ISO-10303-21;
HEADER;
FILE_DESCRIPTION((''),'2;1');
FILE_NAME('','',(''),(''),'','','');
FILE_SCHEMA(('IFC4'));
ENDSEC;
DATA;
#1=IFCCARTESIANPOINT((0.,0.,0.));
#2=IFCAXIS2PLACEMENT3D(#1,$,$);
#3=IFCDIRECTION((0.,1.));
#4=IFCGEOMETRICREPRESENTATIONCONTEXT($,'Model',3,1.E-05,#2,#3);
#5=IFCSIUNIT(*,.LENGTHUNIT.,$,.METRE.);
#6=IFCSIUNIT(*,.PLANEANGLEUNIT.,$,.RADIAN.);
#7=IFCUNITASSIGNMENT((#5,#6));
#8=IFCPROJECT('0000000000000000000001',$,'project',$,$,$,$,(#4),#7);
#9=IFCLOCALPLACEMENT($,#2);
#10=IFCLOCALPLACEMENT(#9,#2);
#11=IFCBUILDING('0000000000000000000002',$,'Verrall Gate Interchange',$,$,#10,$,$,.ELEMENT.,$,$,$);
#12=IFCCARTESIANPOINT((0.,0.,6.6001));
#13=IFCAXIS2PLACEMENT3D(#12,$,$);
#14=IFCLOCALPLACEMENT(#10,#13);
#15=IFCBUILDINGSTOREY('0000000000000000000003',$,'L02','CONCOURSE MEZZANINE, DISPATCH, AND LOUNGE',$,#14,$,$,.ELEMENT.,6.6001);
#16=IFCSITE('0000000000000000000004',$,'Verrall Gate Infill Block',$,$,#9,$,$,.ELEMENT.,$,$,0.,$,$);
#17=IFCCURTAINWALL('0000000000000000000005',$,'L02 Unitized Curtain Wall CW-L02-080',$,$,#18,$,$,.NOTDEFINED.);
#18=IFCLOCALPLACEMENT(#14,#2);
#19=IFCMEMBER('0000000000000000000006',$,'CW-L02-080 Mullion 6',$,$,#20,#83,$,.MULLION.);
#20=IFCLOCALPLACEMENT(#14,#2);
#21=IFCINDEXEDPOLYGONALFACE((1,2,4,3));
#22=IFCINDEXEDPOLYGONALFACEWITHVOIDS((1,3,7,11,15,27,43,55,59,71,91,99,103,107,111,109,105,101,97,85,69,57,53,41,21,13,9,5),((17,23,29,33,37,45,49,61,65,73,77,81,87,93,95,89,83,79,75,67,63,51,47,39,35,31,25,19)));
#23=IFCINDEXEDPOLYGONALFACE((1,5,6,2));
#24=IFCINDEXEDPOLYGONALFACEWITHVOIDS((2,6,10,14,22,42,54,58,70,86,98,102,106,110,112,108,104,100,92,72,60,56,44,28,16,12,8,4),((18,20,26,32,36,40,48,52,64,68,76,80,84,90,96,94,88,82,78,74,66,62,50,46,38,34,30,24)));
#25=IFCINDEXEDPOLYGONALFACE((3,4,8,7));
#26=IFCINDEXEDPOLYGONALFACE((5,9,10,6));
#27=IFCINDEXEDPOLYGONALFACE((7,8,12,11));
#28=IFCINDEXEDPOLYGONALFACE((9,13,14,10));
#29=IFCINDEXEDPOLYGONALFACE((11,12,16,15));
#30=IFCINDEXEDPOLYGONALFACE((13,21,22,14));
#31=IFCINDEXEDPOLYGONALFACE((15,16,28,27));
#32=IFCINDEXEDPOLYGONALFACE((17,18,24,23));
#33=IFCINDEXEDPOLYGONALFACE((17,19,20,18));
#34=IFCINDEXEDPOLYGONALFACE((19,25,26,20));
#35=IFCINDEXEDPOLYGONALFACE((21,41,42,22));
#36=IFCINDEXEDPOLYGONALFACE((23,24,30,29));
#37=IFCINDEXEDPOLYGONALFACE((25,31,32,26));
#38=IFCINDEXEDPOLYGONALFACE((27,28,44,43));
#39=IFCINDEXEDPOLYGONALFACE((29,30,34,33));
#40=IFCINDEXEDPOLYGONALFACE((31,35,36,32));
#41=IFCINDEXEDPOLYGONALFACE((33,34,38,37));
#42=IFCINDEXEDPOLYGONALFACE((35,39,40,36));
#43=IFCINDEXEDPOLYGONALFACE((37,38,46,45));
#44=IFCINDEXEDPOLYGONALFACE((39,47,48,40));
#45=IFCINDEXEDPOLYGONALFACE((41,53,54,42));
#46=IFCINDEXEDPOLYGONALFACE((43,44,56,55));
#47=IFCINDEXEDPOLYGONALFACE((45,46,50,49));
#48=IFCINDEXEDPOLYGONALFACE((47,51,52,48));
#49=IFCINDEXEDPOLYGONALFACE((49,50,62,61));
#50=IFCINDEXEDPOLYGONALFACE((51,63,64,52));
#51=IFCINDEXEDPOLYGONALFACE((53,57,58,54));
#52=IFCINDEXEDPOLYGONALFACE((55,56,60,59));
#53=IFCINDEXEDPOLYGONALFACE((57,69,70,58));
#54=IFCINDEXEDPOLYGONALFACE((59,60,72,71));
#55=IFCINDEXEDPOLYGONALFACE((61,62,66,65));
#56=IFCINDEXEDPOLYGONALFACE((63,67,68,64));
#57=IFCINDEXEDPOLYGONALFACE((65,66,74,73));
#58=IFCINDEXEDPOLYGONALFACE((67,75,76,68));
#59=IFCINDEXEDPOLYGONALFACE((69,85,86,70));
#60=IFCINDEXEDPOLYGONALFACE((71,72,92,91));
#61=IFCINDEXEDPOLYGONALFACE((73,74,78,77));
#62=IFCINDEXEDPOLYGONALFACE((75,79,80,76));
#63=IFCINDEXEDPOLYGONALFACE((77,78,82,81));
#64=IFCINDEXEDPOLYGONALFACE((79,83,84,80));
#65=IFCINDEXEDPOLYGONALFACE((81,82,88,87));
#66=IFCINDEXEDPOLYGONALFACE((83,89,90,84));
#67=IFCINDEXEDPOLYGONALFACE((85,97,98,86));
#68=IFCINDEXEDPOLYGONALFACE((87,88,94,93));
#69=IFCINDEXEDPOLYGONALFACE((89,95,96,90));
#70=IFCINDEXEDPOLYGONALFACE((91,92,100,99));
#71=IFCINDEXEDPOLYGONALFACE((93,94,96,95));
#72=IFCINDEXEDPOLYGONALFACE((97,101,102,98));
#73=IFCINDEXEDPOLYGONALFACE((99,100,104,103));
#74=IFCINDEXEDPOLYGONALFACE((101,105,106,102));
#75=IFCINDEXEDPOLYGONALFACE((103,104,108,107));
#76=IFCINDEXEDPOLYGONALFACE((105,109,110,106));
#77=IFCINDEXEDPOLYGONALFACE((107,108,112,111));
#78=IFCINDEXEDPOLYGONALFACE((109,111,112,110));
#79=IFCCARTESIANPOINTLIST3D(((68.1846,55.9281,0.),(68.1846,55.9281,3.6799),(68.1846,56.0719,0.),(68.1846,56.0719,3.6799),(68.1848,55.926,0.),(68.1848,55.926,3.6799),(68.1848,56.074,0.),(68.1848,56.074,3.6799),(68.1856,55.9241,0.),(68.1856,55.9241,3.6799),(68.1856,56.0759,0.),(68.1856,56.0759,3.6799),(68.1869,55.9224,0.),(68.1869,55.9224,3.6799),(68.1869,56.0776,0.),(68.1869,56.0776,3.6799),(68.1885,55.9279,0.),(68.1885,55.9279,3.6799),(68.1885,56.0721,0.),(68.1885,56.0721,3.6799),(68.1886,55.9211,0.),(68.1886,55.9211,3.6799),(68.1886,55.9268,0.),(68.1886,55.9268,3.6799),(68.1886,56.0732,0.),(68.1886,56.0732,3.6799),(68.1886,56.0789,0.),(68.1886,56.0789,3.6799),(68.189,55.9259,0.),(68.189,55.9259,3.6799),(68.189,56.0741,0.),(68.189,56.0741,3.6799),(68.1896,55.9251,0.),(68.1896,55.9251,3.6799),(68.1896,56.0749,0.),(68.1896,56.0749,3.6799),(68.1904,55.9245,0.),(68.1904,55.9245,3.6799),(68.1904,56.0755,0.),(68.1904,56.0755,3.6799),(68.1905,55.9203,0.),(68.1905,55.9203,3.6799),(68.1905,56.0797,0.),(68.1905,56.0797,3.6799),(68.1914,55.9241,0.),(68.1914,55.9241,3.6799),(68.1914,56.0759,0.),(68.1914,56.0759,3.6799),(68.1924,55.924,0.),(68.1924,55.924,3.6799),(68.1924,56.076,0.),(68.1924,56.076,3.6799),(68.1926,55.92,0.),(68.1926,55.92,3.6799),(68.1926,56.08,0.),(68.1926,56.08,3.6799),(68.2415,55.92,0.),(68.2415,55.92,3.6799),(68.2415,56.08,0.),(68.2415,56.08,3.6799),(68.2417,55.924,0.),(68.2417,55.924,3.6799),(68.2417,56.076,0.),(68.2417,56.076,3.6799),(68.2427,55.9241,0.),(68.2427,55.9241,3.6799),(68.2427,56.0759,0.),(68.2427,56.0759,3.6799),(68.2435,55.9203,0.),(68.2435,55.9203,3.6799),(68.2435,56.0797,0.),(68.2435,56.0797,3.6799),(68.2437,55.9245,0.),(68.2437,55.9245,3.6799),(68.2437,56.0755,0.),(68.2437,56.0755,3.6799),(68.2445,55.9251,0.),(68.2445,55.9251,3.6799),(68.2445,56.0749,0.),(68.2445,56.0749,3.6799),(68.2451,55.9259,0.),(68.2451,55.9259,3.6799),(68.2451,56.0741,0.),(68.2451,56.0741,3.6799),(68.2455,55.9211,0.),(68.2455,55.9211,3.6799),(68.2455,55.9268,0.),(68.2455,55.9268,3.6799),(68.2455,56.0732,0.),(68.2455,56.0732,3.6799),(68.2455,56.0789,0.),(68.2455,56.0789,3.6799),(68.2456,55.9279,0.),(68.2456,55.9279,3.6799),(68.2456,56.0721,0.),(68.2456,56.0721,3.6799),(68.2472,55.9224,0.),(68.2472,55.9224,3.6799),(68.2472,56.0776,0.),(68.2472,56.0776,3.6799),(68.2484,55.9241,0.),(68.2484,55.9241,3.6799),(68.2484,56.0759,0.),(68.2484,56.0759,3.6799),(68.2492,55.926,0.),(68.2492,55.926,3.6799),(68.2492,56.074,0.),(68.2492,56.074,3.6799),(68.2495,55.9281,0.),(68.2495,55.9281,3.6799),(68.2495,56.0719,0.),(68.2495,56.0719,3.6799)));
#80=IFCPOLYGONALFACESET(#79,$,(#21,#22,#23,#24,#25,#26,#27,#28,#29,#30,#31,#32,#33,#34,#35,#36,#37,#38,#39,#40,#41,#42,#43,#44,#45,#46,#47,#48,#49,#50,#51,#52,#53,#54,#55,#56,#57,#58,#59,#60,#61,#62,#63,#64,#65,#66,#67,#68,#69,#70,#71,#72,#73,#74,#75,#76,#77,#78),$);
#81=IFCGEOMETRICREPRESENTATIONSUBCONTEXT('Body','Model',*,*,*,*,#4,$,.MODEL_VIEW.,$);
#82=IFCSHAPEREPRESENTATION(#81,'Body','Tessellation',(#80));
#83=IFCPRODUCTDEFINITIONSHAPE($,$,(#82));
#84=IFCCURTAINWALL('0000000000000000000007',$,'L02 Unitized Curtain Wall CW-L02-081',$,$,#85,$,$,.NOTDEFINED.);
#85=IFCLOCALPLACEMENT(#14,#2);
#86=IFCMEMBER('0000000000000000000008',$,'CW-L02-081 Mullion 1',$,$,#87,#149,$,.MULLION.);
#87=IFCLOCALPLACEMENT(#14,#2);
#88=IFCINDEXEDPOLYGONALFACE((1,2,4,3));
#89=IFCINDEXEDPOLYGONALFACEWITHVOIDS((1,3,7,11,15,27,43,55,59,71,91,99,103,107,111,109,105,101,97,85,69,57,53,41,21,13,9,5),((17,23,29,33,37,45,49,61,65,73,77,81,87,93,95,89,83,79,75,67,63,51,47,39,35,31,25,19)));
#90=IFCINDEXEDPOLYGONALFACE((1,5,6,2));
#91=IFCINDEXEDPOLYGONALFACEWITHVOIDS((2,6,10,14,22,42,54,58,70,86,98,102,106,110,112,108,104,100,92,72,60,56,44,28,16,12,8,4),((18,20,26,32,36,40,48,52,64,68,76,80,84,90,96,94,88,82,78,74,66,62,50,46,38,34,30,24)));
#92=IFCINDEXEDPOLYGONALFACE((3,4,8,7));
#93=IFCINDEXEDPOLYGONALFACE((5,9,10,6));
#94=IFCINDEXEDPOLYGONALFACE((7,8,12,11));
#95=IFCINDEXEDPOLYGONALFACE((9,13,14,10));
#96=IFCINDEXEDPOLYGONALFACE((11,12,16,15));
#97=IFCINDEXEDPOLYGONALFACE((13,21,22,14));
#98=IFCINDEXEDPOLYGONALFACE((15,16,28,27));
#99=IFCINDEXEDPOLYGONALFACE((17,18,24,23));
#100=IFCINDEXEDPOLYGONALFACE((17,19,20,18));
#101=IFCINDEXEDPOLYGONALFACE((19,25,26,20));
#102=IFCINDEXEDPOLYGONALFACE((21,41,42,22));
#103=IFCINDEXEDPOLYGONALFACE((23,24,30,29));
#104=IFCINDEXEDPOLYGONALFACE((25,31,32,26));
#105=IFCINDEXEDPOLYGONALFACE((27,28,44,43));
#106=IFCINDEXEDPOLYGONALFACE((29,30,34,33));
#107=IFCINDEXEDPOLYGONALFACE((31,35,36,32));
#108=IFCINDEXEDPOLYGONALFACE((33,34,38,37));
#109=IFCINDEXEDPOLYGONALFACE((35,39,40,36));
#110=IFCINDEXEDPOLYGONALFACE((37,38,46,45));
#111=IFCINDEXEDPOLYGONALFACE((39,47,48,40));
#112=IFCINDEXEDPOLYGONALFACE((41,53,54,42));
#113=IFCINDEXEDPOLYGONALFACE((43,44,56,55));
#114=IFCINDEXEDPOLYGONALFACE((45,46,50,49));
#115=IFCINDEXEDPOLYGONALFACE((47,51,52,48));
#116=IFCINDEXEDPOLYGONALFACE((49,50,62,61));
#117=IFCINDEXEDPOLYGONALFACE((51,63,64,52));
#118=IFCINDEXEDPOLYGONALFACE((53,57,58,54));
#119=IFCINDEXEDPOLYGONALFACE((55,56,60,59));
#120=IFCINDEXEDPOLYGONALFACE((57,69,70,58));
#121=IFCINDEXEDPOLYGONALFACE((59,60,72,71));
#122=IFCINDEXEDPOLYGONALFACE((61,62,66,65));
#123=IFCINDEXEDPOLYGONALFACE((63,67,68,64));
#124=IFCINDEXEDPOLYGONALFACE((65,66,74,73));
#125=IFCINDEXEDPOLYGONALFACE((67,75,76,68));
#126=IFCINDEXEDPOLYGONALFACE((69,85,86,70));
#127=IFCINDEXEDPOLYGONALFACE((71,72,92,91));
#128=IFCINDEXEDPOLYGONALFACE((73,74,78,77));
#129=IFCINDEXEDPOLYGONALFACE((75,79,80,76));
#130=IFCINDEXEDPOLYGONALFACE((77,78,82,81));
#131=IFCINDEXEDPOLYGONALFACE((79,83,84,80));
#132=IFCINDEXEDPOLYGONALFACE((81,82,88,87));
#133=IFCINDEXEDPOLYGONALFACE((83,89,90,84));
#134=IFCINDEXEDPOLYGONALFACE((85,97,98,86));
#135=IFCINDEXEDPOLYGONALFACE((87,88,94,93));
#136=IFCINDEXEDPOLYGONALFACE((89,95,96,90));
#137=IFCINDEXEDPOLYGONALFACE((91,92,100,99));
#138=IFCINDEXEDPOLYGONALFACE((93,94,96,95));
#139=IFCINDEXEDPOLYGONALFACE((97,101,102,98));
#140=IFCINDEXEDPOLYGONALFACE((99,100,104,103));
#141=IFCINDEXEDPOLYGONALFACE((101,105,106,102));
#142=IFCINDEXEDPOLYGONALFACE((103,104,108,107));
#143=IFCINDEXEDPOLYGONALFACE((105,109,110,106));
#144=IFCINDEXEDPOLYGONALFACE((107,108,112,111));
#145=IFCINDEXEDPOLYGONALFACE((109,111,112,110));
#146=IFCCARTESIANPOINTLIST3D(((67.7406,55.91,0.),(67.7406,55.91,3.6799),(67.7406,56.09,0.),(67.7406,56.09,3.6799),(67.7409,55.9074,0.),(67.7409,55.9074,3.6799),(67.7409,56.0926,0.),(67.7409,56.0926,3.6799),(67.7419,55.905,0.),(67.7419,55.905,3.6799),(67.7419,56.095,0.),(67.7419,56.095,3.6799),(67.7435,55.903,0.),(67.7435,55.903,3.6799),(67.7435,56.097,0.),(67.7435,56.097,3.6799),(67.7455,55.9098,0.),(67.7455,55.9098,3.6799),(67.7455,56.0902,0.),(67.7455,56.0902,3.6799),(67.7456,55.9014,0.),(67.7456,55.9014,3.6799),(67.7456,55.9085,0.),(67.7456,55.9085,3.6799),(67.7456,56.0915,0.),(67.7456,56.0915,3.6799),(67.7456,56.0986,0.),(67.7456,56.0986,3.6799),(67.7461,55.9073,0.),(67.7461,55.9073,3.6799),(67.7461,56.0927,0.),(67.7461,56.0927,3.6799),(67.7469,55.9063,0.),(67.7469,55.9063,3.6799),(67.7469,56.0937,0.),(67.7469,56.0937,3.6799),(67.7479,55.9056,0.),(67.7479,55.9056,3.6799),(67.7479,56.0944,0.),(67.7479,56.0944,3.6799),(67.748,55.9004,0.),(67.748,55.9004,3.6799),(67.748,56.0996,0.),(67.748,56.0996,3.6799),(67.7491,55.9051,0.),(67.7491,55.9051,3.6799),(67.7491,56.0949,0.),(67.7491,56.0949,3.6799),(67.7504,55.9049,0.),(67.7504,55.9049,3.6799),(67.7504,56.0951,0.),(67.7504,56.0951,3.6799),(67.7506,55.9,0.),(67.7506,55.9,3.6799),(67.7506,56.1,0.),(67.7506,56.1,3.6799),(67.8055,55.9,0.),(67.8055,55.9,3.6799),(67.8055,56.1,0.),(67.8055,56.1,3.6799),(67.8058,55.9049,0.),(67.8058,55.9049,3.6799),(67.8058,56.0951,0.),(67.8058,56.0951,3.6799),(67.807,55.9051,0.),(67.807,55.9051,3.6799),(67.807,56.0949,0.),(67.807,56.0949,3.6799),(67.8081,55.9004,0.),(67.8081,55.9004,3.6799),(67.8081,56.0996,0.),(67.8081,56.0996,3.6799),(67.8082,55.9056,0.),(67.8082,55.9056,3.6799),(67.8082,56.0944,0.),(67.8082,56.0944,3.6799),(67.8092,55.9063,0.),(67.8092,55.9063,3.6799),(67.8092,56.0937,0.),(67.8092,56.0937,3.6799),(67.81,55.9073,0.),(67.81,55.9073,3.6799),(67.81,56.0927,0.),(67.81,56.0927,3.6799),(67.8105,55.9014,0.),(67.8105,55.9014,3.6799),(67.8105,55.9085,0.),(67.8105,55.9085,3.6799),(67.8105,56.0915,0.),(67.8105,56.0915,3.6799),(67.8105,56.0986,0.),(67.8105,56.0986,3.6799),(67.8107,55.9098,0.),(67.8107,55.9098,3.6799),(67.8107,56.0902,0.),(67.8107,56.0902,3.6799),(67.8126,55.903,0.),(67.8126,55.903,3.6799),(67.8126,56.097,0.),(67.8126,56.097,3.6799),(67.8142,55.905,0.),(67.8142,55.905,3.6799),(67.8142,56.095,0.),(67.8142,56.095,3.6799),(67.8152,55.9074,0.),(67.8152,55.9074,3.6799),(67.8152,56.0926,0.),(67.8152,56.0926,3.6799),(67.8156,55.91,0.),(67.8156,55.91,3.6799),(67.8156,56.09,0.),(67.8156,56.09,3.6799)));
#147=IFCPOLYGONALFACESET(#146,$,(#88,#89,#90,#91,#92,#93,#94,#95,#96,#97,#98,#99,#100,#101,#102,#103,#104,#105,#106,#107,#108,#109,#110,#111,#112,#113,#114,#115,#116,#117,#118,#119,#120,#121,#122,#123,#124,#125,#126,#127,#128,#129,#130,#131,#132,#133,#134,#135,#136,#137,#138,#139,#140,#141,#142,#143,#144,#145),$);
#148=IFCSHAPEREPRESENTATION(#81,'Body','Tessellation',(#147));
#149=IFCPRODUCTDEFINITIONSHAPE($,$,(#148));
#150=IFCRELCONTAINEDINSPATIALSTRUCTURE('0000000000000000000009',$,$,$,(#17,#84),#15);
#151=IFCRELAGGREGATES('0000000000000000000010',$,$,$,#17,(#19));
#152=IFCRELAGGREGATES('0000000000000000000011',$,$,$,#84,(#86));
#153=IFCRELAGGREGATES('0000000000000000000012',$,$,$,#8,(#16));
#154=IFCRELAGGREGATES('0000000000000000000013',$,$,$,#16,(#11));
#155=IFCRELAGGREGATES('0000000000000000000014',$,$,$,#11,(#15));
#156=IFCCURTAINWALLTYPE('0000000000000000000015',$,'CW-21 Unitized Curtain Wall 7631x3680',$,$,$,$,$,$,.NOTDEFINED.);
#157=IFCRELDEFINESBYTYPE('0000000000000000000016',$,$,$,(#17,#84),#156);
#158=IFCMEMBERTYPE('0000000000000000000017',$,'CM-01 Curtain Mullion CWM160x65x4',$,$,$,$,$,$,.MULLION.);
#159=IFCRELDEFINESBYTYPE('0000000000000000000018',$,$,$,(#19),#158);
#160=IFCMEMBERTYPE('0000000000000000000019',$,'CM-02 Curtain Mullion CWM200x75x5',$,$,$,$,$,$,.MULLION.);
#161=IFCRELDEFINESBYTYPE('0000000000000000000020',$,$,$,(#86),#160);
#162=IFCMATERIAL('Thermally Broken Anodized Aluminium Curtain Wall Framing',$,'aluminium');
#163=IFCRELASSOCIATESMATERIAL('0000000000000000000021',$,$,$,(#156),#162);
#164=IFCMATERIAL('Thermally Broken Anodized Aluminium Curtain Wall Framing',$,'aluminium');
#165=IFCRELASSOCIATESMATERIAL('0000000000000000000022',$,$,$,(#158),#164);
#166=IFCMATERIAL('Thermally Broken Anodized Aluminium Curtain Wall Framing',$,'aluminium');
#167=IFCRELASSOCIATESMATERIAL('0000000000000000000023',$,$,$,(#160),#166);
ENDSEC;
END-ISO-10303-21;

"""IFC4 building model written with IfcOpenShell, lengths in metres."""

from ifc_helpers import new_model, si_unit, direction, frame, origin, origin_2d, place, context, subcontext, project, spatial, hollow_rectangle, extrude, material, material_profile, profile_set, type_object, element, aggregate, save


model = new_model("IFC4")

# Units and contexts
model_context = context("Model", 3, precision=1e-05, world=origin(), true_north=direction((0.0, 1.0)))
body_context = subcontext(model_context, "Body", "Model", "MODEL_VIEW")
ifc_project = project(units=[si_unit("LENGTHUNIT", "METRE"), si_unit("PLANEANGLEUNIT", "RADIAN")], contexts=[model_context])

# Site, building, storey
site_placement = place(None, origin())
site = spatial("IfcSite", under=ifc_project, at=site_placement, Name="Verrall Gate Infill Block", CompositionType="ELEMENT", RefElevation=0.0)
building_placement = place(site_placement, origin())
building = spatial("IfcBuilding", under=site, at=building_placement, Name="Verrall Gate Interchange", CompositionType="ELEMENT")
storey_placement = place(building_placement, frame((0.0, 0.0, 6.6001)))
storey = spatial("IfcBuildingStorey", under=building, at=storey_placement, Name="L02", Description="CONCOURSE MEZZANINE, DISPATCH, AND LOUNGE", CompositionType="ELEMENT", Elevation=6.6001)

# Curtain walls, members
ifc_material_1 = material(Name="Thermally Broken Anodized Aluminium Curtain Wall Framing", Category="aluminium")
curtain_wall_type = type_object("IfcCurtainWallType", Name="CW-21 Unitized Curtain Wall 7631x3680", PredefinedType="NOTDEFINED", material=ifc_material_1)
curtain_wall_1_placement = place(storey_placement, origin())
curtain_wall_1 = element("IfcCurtainWall", 1, at=curtain_wall_1_placement, inside=storey, type_object=curtain_wall_type, Name="L02 Unitized Curtain Wall CW-L02-080", PredefinedType="NOTDEFINED")
ifc_material_2 = material(Name="Thermally Broken Anodized Aluminium Curtain Wall Framing", Category="aluminium")
ifc_material_profile_1 = material_profile(ifc_material_2, hollow_rectangle(XDim=0.0649, YDim=0.1599, WallThickness=0.0039, InnerFilletRadius=0.0039, OuterFilletRadius=0.0081, at=origin_2d()), Name="CWM160x65x4")
ifc_profile_set_1 = profile_set([ifc_material_profile_1], Name="Thermally Broken Anodized Aluminium Curtain Wall Framing")
member_type_1 = type_object("IfcMemberType", Name="CM-01 Curtain Mullion CWM160x65x4", PredefinedType="MULLION", material=ifc_profile_set_1)
member_1_placement = place(storey_placement, frame((68.217, 56.0, 0.0), z_axis=(0.0, 0.0, 1.0), x_axis=(-1.0, 0.0, 0.0)))
member_1 = element("IfcMember", 2, at=member_1_placement, type_object=member_type_1, Name="CW-L02-080 Mullion 6", PredefinedType="MULLION", context=body_context, shape_type="SweptSolid", body=[
    extrude(hollow_rectangle(XDim=0.0649, YDim=0.1599, WallThickness=0.0039, InnerFilletRadius=0.0039, OuterFilletRadius=0.0081, at=origin_2d()), origin(), (0.0, 0.0, 1.0), 3.6799),
])
curtain_wall_2_placement = place(storey_placement, origin())
curtain_wall_2 = element("IfcCurtainWall", 3, at=curtain_wall_2_placement, inside=storey, type_object=curtain_wall_type, Name="L02 Unitized Curtain Wall CW-L02-081", PredefinedType="NOTDEFINED")
ifc_material_3 = material(Name="Thermally Broken Anodized Aluminium Curtain Wall Framing", Category="aluminium")
ifc_material_profile_2 = material_profile(ifc_material_3, hollow_rectangle(XDim=0.075, YDim=0.2, WallThickness=0.0049, InnerFilletRadius=0.0049, OuterFilletRadius=0.01, at=origin_2d()), Name="CWM200x75x5")
ifc_profile_set_2 = profile_set([ifc_material_profile_2], Name="Thermally Broken Anodized Aluminium Curtain Wall Framing")
member_type_2 = type_object("IfcMemberType", Name="CM-02 Curtain Mullion CWM200x75x5", PredefinedType="MULLION", material=ifc_profile_set_2)
member_2_placement = place(storey_placement, frame((67.7781, 56.0, 0.0), z_axis=(0.0, 0.0, 1.0), x_axis=(-1.0, 0.0, 0.0)))
member_2 = element("IfcMember", 4, at=member_2_placement, type_object=member_type_2, Name="CW-L02-081 Mullion 1", PredefinedType="MULLION", context=body_context, shape_type="SweptSolid", body=[
    extrude(hollow_rectangle(XDim=0.075, YDim=0.2, WallThickness=0.0049, InnerFilletRadius=0.0049, OuterFilletRadius=0.01, at=origin_2d()), origin(), (0.0, 0.0, 1.0), 3.6799),
])

aggregate(curtain_wall_1, [member_1])
aggregate(curtain_wall_2, [member_2])

save(model, "model.ifc")
